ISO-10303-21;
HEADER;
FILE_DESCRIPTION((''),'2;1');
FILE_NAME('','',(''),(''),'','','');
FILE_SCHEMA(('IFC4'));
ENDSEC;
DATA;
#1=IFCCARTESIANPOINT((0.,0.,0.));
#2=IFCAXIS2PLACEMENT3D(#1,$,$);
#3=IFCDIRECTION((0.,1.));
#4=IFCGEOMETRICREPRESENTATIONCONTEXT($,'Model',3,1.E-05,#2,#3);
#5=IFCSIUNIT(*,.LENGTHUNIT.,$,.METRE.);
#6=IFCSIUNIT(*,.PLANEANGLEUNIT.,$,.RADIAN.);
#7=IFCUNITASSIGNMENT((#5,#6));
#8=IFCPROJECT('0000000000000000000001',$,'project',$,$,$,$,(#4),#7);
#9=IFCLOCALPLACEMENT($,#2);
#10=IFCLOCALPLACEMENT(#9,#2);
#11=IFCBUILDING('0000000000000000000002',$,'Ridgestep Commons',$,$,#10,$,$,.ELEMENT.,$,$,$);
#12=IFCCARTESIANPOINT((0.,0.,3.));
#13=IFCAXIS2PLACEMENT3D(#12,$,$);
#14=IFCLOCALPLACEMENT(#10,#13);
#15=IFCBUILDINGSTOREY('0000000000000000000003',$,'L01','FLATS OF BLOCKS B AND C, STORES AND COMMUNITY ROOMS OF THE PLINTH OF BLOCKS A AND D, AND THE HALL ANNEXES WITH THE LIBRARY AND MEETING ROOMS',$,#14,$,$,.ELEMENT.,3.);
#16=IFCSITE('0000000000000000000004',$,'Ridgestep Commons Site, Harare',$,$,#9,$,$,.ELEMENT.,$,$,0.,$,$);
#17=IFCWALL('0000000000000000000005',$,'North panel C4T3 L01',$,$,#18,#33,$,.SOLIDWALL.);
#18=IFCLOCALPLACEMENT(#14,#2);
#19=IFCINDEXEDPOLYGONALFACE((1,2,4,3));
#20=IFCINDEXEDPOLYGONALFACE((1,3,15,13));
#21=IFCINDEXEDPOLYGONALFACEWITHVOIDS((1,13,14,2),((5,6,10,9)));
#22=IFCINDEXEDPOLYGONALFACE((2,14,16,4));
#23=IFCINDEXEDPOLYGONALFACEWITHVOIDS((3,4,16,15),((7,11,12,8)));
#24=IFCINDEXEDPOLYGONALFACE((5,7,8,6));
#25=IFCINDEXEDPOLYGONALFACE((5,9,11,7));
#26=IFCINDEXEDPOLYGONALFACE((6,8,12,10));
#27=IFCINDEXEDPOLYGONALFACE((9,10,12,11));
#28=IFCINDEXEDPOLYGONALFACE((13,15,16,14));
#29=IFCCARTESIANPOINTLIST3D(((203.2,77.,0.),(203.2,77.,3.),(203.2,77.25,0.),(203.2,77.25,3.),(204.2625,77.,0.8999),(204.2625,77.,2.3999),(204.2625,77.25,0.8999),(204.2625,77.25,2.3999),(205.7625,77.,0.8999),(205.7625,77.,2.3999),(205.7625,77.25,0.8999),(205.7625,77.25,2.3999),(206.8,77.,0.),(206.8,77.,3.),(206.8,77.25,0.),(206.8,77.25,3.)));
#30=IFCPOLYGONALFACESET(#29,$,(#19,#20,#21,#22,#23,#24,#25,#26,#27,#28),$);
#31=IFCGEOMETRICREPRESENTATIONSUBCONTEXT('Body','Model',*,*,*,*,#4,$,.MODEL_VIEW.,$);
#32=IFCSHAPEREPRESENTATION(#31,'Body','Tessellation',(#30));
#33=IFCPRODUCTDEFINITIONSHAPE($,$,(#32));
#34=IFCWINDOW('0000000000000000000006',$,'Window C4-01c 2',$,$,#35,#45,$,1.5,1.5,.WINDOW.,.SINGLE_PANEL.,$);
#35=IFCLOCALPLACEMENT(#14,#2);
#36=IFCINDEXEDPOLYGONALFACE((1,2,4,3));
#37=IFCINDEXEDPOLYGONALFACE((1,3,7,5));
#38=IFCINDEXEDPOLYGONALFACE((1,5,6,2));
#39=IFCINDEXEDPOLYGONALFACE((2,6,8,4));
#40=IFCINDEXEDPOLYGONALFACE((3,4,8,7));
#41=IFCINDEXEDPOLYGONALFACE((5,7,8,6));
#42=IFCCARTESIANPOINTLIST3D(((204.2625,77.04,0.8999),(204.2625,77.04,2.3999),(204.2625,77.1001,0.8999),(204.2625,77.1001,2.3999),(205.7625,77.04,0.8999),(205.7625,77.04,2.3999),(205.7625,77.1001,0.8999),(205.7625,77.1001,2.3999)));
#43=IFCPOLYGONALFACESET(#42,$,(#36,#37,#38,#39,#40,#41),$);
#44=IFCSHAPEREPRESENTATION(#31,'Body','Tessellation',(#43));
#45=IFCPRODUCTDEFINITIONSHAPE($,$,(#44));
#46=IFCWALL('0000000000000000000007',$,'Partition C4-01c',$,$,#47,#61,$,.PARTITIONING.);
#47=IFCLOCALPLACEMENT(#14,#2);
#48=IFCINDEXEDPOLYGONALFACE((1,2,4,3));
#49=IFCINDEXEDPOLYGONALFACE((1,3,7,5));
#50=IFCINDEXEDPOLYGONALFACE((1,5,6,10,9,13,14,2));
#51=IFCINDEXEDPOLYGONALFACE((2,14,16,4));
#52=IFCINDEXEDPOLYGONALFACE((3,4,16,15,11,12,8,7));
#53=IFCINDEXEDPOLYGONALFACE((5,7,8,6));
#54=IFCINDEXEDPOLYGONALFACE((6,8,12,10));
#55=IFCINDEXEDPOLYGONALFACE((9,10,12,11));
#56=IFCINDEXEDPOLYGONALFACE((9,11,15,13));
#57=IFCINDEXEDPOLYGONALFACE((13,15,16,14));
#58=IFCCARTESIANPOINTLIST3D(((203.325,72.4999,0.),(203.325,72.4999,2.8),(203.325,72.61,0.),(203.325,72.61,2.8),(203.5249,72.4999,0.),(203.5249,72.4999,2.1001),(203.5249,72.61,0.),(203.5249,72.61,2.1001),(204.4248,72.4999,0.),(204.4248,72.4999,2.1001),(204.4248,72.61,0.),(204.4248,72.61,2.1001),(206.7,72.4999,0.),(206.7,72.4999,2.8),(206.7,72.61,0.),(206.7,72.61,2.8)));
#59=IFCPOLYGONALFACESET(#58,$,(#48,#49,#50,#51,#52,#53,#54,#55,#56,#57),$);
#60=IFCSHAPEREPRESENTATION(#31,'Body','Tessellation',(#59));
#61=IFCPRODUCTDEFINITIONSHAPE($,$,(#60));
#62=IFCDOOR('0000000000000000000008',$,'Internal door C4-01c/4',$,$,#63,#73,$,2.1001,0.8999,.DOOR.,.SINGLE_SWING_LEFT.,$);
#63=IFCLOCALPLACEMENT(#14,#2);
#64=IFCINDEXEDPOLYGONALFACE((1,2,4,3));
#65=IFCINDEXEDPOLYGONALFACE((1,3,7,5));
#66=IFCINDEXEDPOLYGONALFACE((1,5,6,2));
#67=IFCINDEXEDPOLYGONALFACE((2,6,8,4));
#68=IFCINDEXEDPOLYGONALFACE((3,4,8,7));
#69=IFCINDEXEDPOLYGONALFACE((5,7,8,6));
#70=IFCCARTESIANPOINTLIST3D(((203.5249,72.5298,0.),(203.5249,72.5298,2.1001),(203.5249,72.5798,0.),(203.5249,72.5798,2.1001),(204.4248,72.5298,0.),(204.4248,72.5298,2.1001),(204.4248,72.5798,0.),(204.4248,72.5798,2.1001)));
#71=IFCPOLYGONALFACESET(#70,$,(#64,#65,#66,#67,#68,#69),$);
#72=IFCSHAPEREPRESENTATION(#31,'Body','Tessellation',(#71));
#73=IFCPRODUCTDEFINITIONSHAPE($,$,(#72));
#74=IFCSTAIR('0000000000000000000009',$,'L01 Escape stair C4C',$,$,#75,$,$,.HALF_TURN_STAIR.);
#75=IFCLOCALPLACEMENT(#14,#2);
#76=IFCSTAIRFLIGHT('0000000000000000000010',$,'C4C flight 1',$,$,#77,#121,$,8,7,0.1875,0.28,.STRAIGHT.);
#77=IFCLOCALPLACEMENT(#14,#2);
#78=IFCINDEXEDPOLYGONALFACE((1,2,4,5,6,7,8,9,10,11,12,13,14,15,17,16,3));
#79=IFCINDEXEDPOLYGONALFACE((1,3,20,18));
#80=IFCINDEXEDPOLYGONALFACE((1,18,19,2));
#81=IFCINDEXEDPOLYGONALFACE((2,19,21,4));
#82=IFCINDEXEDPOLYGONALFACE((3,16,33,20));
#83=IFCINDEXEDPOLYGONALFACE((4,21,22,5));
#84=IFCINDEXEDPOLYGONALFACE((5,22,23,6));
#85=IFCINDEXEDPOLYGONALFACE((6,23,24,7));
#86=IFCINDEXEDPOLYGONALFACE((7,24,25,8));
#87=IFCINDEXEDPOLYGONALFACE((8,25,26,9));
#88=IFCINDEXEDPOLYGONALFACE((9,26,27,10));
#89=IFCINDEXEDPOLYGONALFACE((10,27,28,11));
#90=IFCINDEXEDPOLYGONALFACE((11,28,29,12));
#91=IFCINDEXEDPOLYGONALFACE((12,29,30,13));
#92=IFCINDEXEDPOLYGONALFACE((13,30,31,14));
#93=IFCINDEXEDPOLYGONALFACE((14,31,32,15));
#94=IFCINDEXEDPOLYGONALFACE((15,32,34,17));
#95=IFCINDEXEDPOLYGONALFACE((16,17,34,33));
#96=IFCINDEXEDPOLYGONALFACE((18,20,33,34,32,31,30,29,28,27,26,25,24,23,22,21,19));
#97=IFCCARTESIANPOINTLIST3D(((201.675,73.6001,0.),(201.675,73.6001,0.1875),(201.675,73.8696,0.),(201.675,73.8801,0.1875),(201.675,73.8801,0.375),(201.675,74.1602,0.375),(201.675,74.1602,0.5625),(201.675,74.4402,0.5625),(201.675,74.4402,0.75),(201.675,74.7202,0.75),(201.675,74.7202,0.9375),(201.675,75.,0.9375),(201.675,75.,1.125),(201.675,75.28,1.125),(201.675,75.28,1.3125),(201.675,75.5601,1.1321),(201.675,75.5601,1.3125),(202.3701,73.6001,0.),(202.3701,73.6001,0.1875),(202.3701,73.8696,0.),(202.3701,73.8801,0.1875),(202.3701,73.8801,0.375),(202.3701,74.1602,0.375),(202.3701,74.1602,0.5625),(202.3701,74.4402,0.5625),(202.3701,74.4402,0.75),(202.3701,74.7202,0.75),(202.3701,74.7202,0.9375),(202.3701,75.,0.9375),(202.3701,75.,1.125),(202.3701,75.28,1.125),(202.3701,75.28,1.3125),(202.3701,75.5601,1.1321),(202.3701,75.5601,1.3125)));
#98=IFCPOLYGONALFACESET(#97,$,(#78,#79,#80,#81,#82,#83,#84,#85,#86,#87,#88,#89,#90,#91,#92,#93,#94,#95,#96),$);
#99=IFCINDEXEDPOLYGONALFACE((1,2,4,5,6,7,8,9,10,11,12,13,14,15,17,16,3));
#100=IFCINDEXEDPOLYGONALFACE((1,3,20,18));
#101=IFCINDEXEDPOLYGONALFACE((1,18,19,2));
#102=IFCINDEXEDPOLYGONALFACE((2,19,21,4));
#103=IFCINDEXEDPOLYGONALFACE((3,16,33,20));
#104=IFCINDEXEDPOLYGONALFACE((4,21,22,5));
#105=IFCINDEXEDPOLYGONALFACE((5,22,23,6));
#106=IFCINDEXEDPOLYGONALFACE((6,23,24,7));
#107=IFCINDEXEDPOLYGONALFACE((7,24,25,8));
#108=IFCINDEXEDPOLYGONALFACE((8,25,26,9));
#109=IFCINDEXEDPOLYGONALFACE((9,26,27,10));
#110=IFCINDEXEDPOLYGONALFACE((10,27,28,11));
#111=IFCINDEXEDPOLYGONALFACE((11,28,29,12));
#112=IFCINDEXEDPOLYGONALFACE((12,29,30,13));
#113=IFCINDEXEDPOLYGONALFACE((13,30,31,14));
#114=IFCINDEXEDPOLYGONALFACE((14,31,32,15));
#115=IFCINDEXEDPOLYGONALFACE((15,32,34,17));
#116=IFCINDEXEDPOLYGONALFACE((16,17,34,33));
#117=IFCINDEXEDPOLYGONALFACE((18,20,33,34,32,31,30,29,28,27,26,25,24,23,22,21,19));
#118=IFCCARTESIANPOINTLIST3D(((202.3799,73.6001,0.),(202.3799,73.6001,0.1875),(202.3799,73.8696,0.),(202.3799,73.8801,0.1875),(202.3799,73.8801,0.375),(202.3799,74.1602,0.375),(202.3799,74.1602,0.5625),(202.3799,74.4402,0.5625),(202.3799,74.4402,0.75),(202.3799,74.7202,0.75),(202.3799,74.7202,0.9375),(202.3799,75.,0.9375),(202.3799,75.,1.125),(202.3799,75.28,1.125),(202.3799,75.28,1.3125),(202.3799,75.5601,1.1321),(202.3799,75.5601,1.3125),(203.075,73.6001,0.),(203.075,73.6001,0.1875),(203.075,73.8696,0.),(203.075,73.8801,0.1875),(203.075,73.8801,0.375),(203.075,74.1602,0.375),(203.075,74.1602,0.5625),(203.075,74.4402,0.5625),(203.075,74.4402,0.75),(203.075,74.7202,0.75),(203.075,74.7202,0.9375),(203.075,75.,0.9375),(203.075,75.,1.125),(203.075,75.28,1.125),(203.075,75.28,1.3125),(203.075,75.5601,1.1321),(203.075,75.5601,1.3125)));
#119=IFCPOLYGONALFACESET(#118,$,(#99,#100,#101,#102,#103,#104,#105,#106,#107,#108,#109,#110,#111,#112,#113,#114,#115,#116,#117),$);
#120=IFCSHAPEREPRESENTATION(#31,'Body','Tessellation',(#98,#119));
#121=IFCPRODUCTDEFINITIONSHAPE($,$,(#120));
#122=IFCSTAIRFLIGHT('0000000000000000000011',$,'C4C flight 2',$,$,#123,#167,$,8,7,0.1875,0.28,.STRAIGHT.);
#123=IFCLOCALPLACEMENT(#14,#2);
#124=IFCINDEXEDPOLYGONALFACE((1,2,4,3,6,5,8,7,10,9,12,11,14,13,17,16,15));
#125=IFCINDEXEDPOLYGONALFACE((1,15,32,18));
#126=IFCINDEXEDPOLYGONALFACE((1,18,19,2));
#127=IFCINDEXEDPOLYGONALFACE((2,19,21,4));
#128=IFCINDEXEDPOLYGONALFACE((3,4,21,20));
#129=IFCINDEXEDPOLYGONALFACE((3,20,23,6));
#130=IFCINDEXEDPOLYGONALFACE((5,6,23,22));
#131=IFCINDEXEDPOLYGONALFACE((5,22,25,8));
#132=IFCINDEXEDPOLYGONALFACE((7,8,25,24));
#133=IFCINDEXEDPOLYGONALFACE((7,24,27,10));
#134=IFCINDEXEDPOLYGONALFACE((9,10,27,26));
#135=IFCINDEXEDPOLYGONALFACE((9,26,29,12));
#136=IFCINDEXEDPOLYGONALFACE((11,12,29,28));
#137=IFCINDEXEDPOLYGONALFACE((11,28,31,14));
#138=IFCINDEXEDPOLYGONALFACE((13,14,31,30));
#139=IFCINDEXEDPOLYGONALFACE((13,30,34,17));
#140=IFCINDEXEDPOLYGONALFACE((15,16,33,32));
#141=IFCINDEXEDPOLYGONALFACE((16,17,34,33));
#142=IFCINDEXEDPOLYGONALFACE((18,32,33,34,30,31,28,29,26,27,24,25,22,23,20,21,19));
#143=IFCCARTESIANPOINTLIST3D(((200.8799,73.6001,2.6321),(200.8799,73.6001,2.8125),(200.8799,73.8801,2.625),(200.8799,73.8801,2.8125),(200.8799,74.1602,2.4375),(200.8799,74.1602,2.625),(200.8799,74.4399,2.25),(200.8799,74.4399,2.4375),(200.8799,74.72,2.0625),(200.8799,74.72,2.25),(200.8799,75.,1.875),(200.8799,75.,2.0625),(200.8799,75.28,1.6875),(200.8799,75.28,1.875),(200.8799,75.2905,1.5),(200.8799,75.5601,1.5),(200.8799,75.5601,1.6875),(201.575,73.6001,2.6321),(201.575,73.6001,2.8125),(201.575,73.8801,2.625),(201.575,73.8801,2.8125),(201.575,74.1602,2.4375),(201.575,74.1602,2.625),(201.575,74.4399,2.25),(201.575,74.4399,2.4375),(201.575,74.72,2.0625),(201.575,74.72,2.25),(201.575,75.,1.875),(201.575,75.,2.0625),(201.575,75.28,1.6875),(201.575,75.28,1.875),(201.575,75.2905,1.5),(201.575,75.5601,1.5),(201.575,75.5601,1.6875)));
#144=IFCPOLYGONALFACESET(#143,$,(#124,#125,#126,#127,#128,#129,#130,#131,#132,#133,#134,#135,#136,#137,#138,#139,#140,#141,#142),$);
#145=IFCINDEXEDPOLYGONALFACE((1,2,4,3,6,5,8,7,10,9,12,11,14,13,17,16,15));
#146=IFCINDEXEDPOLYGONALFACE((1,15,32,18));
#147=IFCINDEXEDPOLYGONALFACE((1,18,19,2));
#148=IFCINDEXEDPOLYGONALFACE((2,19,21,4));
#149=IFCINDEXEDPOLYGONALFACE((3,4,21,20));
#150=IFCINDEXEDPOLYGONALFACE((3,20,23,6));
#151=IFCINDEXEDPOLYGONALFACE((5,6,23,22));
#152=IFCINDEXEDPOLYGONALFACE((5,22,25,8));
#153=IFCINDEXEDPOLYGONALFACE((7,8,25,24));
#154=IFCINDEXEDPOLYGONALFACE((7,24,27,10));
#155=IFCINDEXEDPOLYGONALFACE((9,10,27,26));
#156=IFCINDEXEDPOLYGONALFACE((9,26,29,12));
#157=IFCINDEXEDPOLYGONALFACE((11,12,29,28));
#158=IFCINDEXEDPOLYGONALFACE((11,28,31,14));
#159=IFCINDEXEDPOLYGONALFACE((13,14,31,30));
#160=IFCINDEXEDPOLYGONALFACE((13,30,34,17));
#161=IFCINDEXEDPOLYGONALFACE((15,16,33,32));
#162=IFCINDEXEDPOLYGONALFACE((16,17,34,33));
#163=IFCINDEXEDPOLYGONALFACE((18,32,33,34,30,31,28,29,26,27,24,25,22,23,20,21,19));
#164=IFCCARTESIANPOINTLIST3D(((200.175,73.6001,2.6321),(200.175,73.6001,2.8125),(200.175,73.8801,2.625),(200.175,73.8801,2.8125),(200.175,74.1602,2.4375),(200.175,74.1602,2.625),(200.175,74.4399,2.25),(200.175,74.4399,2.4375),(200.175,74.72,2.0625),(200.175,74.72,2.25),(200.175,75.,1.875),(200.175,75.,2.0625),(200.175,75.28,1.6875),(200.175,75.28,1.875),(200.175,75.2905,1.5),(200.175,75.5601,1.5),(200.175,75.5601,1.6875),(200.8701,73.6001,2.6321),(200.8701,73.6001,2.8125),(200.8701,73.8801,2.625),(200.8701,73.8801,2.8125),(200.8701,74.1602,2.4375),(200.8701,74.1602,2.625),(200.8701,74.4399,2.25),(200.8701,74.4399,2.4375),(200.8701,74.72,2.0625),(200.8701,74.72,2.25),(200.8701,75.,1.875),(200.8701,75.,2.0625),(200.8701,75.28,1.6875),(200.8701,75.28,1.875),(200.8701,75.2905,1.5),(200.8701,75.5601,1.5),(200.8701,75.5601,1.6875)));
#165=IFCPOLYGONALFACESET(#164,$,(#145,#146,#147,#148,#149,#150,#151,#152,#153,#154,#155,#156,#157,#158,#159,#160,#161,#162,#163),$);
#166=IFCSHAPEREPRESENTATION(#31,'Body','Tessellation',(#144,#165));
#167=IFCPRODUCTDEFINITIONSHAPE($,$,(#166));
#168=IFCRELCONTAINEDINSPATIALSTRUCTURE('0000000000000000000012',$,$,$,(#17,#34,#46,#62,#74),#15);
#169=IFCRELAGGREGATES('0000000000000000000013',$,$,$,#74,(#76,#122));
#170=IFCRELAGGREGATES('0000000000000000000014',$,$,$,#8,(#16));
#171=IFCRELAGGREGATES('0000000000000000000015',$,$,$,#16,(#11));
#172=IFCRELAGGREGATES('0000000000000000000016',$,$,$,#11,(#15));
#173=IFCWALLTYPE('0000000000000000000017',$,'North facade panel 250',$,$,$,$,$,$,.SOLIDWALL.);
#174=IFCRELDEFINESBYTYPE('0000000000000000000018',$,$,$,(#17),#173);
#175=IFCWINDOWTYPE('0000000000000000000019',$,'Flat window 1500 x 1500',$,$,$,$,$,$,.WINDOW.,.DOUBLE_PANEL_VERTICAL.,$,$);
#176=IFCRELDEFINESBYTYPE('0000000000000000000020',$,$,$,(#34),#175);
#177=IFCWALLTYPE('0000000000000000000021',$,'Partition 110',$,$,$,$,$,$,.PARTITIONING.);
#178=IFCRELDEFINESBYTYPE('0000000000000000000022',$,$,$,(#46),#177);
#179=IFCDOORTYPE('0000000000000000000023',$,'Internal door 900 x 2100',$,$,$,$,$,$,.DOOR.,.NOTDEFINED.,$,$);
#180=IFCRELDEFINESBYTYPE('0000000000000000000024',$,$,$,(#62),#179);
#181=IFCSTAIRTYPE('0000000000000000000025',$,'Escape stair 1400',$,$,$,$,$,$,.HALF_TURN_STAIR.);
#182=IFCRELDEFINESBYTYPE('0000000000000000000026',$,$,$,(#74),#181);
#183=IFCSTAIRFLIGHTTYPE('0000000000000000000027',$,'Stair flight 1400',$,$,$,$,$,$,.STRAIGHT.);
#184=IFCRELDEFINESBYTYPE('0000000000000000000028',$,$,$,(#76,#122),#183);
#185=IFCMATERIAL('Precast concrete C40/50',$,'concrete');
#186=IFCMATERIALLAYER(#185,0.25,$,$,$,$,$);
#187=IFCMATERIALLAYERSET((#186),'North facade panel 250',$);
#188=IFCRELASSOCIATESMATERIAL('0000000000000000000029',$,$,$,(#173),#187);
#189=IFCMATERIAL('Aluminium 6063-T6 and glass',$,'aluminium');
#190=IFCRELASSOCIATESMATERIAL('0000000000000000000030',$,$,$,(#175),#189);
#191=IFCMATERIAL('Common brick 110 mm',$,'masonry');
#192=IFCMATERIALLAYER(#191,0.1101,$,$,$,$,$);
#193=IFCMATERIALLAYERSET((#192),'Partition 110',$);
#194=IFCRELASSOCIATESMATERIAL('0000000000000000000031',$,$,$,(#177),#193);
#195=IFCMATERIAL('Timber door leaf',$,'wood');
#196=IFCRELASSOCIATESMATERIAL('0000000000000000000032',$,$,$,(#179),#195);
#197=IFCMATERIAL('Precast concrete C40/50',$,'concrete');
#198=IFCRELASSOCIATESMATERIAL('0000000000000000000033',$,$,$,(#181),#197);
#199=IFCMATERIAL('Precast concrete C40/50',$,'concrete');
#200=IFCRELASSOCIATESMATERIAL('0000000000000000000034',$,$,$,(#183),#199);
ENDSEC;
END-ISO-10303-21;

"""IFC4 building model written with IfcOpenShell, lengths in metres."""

from ifc_helpers import new_model, si_unit, direction, frame, frame_2d, origin, place, context, subcontext, project, spatial, polyline, rectangle, outline, extrude, material, layer, layer_set, type_object, element, fill, aggregate, save


model = new_model("IFC4")

# Units and contexts
model_context = context("Model", 3, precision=1e-05, world=origin(), true_north=direction((0.0, 1.0)))
body_context = subcontext(model_context, "Body", "Model", "MODEL_VIEW")
ifc_project = project(units=[si_unit("LENGTHUNIT", "METRE"), si_unit("PLANEANGLEUNIT", "RADIAN")], contexts=[model_context])

# Site, building, storey
site_placement = place(None, origin())
site = spatial("IfcSite", under=ifc_project, at=site_placement, Name="Ridgestep Commons Site, Harare", CompositionType="ELEMENT", RefElevation=0.0)
building_placement = place(site_placement, origin())
building = spatial("IfcBuilding", under=site, at=building_placement, Name="Ridgestep Commons", CompositionType="ELEMENT")
storey_placement = place(building_placement, frame((0.0, 0.0, 3.0)))
storey = spatial("IfcBuildingStorey", under=building, at=storey_placement, Name="L01", Description="FLATS OF BLOCKS B AND C, STORES AND COMMUNITY ROOMS OF THE PLINTH OF BLOCKS A AND D, AND THE HALL ANNEXES WITH THE LIBRARY AND MEETING ROOMS", CompositionType="ELEMENT", Elevation=3.0)

# Wall, opening, window
ifc_material_1 = material(Name="Precast concrete C40/50", Category="concrete")
ifc_layer_1 = layer(ifc_material_1, 0.25)
ifc_layer_set_1 = layer_set([ifc_layer_1], Name="North facade panel 250")
wall_type_1 = type_object("IfcWallType", Name="North facade panel 250", PredefinedType="SOLIDWALL", material=ifc_layer_set_1)
wall_1_placement = place(storey_placement, frame((203.2, 77.125, 0.0), z_axis=(0.0, 0.0, 1.0), x_axis=(1.0, 0.0, 0.0)))
wall_1 = element("IfcWall", 1, at=wall_1_placement, inside=storey, type_object=wall_type_1, Name="North panel C4T3 L01", PredefinedType="SOLIDWALL", context=body_context, shape_type="SweptSolid", body=[
    extrude(rectangle(XDim=3.6001, YDim=0.25, at=frame_2d((1.8, 0.0))), origin(), (0.0, 0.0, 1.0), 3.0),
])
opening_1_placement = place(wall_1_placement, frame((1.0625, 0.0, 0.8999)))
opening_1 = element("IfcOpeningElement", 2, at=opening_1_placement, cuts=wall_1, PredefinedType="OPENING", context=body_context, shape_type="SweptSolid", body=[
    extrude(rectangle(XDim=1.5, YDim=1.5, at=frame_2d((0.75, 0.75))), frame((0.0, 0.135, 0.0), z_axis=(0.0, -1.0, 0.0), x_axis=(1.0, 0.0, 0.0)), (0.0, 0.0, 1.0), 0.27),
])
ifc_material_2 = material(Name="Aluminium 6063-T6 and glass", Category="aluminium")
window_type = type_object("IfcWindowType", Name="Flat window 1500 x 1500", PartitioningType="DOUBLE_PANEL_VERTICAL", PredefinedType="WINDOW", material=ifc_material_2)
window_placement = place(opening_1_placement, origin())
window = element("IfcWindow", 3, at=window_placement, inside=storey, type_object=window_type, Name="Window C4-01c 2", OverallHeight=1.5, OverallWidth=1.5, PartitioningType="SINGLE_PANEL", PredefinedType="WINDOW", context=body_context, shape_type="SweptSolid", body=[
    extrude(rectangle(XDim=1.5, YDim=1.5, at=frame_2d((0.75, 0.75))), frame((0.0, -0.0249, 0.0), z_axis=(0.0, -1.0, 0.0), x_axis=(1.0, 0.0, 0.0)), (0.0, 0.0, 1.0), 0.0601),
])
fill(opening_1, window)

# Wall, opening, door
ifc_material_3 = material(Name="Common brick 110 mm", Category="masonry")
ifc_layer_2 = layer(ifc_material_3, 0.1101)
ifc_layer_set_2 = layer_set([ifc_layer_2], Name="Partition 110")
wall_type_2 = type_object("IfcWallType", Name="Partition 110", PredefinedType="PARTITIONING", material=ifc_layer_set_2)
wall_2_placement = place(storey_placement, frame((203.325, 72.5549, 0.0), z_axis=(0.0, 0.0, 1.0), x_axis=(1.0, 0.0, 0.0)))
wall_2 = element("IfcWall", 4, at=wall_2_placement, inside=storey, type_object=wall_type_2, Name="Partition C4-01c", PredefinedType="PARTITIONING", context=body_context, shape_type="SweptSolid", body=[
    extrude(rectangle(XDim=3.375, YDim=0.1101, at=frame_2d((1.6875, 0.0))), origin(), (0.0, 0.0, 1.0), 2.8),
])
opening_2_placement = place(wall_2_placement, frame((0.2, 0.0, 0.0)))
opening_2 = element("IfcOpeningElement", 5, at=opening_2_placement, cuts=wall_2, PredefinedType="OPENING", context=body_context, shape_type="SweptSolid", body=[
    extrude(rectangle(XDim=0.8999, YDim=2.1001, at=frame_2d((0.45, 1.05))), frame((0.0, 0.0649, 0.0), z_axis=(0.0, -1.0, 0.0), x_axis=(1.0, 0.0, 0.0)), (0.0, 0.0, 1.0), 0.1301),
])
ifc_material_4 = material(Name="Timber door leaf", Category="wood")
door_type = type_object("IfcDoorType", Name="Internal door 900 x 2100", OperationType="NOTDEFINED", PredefinedType="DOOR", material=ifc_material_4)
door_placement = place(opening_2_placement, origin())
door = element("IfcDoor", 6, at=door_placement, inside=storey, type_object=door_type, Name="Internal door C4-01c/4", OperationType="SINGLE_SWING_LEFT", OverallHeight=2.1001, OverallWidth=0.8999, PredefinedType="DOOR", context=body_context, shape_type="SweptSolid", body=[
    extrude(rectangle(XDim=0.8999, YDim=2.1001, at=frame_2d((0.45, 1.05))), frame((0.0, 0.0249, 0.0), z_axis=(0.0, -1.0, 0.0), x_axis=(1.0, 0.0, 0.0)), (0.0, 0.0, 1.0), 0.05),
])
fill(opening_2, door)

# Stair, stair flights
ifc_material_5 = material(Name="Precast concrete C40/50", Category="concrete")
stair_type = type_object("IfcStairType", Name="Escape stair 1400", PredefinedType="HALF_TURN_STAIR", material=ifc_material_5)
stair_placement = place(storey_placement, origin())
stair = element("IfcStair", 7, at=stair_placement, inside=storey, type_object=stair_type, Name="L01 Escape stair C4C", PredefinedType="HALF_TURN_STAIR")
ifc_material_6 = material(Name="Precast concrete C40/50", Category="concrete")
stair_flight_type = type_object("IfcStairFlightType", Name="Stair flight 1400", PredefinedType="STRAIGHT", material=ifc_material_6)
stair_flight_1_placement = place(storey_placement, frame((202.375, 73.6001, 0.0), z_axis=(0.0, 0.0, 1.0), x_axis=(0.0, 1.0, 0.0)))
stair_flight_1 = element("IfcStairFlight", 8, at=stair_flight_1_placement, type_object=stair_flight_type, Name="C4C flight 1", NumberOfRisers=8, NumberOfTreads=7, PredefinedType="STRAIGHT", RiserHeight=0.1875, TreadLength=0.28, context=body_context, shape_type="SweptSolid", body=[
    extrude(outline(polyline([(0.0, 0.0), (0.0, 0.1875), (0.28, 0.1875), (0.28, 0.375), (0.5601, 0.375), (0.5601, 0.5625), (0.8401, 0.5625), (0.8401, 0.75), (1.1201, 0.75), (1.1201, 0.9375), (1.3999, 0.9375), (1.3999, 1.125), (1.6799, 1.125), (1.6799, 1.3125), (1.96, 1.3125), (1.96, 1.5), (1.96, 1.1321), (0.2695, 0.0), (0.0, 0.0)])), frame((0.0, 0.7, 0.0), z_axis=(0.0, -1.0, 0.0), x_axis=(1.0, 0.0, 0.0)), (0.0, 0.0, 1.0), 0.6951),
    extrude(outline(polyline([(0.0, 0.0), (0.0, 0.1875), (0.28, 0.1875), (0.28, 0.375), (0.5601, 0.375), (0.5601, 0.5625), (0.8401, 0.5625), (0.8401, 0.75), (1.1201, 0.75), (1.1201, 0.9375), (1.3999, 0.9375), (1.3999, 1.125), (1.6799, 1.125), (1.6799, 1.3125), (1.96, 1.3125), (1.96, 1.5), (1.96, 1.1321), (0.2695, 0.0), (0.0, 0.0)])), frame((0.0, -0.0049, 0.0), z_axis=(0.0, -1.0, 0.0), x_axis=(1.0, 0.0, 0.0)), (0.0, 0.0, 1.0), 0.6951),
])
stair_flight_2_placement = place(storey_placement, frame((200.875, 75.5601, 1.5), z_axis=(0.0, 0.0, 1.0), x_axis=(0.0, -1.0, 0.0)))
stair_flight_2 = element("IfcStairFlight", 9, at=stair_flight_2_placement, type_object=stair_flight_type, Name="C4C flight 2", NumberOfRisers=8, NumberOfTreads=7, PredefinedType="STRAIGHT", RiserHeight=0.1875, TreadLength=0.28, context=body_context, shape_type="SweptSolid", body=[
    extrude(outline(polyline([(0.0, 0.0), (0.0, 0.1875), (0.28, 0.1875), (0.28, 0.375), (0.5601, 0.375), (0.5601, 0.5625), (0.8401, 0.5625), (0.8401, 0.75), (1.1201, 0.75), (1.1201, 0.9375), (1.3999, 0.9375), (1.3999, 1.125), (1.6799, 1.125), (1.6799, 1.3125), (1.96, 1.3125), (1.96, 1.5), (1.96, 1.1321), (0.2695, 0.0), (0.0, 0.0)])), frame((0.0, 0.7, 0.0), z_axis=(0.0, -1.0, 0.0), x_axis=(1.0, 0.0, 0.0)), (0.0, 0.0, 1.0), 0.6951),
    extrude(outline(polyline([(0.0, 0.0), (0.0, 0.1875), (0.28, 0.1875), (0.28, 0.375), (0.5601, 0.375), (0.5601, 0.5625), (0.8401, 0.5625), (0.8401, 0.75), (1.1201, 0.75), (1.1201, 0.9375), (1.3999, 0.9375), (1.3999, 1.125), (1.6799, 1.125), (1.6799, 1.3125), (1.96, 1.3125), (1.96, 1.5), (1.96, 1.1321), (0.2695, 0.0), (0.0, 0.0)])), frame((0.0, -0.0049, 0.0), z_axis=(0.0, -1.0, 0.0), x_axis=(1.0, 0.0, 0.0)), (0.0, 0.0, 1.0), 0.6951),
])
aggregate(stair, [stair_flight_1, stair_flight_2])

save(model, "model.ifc")
